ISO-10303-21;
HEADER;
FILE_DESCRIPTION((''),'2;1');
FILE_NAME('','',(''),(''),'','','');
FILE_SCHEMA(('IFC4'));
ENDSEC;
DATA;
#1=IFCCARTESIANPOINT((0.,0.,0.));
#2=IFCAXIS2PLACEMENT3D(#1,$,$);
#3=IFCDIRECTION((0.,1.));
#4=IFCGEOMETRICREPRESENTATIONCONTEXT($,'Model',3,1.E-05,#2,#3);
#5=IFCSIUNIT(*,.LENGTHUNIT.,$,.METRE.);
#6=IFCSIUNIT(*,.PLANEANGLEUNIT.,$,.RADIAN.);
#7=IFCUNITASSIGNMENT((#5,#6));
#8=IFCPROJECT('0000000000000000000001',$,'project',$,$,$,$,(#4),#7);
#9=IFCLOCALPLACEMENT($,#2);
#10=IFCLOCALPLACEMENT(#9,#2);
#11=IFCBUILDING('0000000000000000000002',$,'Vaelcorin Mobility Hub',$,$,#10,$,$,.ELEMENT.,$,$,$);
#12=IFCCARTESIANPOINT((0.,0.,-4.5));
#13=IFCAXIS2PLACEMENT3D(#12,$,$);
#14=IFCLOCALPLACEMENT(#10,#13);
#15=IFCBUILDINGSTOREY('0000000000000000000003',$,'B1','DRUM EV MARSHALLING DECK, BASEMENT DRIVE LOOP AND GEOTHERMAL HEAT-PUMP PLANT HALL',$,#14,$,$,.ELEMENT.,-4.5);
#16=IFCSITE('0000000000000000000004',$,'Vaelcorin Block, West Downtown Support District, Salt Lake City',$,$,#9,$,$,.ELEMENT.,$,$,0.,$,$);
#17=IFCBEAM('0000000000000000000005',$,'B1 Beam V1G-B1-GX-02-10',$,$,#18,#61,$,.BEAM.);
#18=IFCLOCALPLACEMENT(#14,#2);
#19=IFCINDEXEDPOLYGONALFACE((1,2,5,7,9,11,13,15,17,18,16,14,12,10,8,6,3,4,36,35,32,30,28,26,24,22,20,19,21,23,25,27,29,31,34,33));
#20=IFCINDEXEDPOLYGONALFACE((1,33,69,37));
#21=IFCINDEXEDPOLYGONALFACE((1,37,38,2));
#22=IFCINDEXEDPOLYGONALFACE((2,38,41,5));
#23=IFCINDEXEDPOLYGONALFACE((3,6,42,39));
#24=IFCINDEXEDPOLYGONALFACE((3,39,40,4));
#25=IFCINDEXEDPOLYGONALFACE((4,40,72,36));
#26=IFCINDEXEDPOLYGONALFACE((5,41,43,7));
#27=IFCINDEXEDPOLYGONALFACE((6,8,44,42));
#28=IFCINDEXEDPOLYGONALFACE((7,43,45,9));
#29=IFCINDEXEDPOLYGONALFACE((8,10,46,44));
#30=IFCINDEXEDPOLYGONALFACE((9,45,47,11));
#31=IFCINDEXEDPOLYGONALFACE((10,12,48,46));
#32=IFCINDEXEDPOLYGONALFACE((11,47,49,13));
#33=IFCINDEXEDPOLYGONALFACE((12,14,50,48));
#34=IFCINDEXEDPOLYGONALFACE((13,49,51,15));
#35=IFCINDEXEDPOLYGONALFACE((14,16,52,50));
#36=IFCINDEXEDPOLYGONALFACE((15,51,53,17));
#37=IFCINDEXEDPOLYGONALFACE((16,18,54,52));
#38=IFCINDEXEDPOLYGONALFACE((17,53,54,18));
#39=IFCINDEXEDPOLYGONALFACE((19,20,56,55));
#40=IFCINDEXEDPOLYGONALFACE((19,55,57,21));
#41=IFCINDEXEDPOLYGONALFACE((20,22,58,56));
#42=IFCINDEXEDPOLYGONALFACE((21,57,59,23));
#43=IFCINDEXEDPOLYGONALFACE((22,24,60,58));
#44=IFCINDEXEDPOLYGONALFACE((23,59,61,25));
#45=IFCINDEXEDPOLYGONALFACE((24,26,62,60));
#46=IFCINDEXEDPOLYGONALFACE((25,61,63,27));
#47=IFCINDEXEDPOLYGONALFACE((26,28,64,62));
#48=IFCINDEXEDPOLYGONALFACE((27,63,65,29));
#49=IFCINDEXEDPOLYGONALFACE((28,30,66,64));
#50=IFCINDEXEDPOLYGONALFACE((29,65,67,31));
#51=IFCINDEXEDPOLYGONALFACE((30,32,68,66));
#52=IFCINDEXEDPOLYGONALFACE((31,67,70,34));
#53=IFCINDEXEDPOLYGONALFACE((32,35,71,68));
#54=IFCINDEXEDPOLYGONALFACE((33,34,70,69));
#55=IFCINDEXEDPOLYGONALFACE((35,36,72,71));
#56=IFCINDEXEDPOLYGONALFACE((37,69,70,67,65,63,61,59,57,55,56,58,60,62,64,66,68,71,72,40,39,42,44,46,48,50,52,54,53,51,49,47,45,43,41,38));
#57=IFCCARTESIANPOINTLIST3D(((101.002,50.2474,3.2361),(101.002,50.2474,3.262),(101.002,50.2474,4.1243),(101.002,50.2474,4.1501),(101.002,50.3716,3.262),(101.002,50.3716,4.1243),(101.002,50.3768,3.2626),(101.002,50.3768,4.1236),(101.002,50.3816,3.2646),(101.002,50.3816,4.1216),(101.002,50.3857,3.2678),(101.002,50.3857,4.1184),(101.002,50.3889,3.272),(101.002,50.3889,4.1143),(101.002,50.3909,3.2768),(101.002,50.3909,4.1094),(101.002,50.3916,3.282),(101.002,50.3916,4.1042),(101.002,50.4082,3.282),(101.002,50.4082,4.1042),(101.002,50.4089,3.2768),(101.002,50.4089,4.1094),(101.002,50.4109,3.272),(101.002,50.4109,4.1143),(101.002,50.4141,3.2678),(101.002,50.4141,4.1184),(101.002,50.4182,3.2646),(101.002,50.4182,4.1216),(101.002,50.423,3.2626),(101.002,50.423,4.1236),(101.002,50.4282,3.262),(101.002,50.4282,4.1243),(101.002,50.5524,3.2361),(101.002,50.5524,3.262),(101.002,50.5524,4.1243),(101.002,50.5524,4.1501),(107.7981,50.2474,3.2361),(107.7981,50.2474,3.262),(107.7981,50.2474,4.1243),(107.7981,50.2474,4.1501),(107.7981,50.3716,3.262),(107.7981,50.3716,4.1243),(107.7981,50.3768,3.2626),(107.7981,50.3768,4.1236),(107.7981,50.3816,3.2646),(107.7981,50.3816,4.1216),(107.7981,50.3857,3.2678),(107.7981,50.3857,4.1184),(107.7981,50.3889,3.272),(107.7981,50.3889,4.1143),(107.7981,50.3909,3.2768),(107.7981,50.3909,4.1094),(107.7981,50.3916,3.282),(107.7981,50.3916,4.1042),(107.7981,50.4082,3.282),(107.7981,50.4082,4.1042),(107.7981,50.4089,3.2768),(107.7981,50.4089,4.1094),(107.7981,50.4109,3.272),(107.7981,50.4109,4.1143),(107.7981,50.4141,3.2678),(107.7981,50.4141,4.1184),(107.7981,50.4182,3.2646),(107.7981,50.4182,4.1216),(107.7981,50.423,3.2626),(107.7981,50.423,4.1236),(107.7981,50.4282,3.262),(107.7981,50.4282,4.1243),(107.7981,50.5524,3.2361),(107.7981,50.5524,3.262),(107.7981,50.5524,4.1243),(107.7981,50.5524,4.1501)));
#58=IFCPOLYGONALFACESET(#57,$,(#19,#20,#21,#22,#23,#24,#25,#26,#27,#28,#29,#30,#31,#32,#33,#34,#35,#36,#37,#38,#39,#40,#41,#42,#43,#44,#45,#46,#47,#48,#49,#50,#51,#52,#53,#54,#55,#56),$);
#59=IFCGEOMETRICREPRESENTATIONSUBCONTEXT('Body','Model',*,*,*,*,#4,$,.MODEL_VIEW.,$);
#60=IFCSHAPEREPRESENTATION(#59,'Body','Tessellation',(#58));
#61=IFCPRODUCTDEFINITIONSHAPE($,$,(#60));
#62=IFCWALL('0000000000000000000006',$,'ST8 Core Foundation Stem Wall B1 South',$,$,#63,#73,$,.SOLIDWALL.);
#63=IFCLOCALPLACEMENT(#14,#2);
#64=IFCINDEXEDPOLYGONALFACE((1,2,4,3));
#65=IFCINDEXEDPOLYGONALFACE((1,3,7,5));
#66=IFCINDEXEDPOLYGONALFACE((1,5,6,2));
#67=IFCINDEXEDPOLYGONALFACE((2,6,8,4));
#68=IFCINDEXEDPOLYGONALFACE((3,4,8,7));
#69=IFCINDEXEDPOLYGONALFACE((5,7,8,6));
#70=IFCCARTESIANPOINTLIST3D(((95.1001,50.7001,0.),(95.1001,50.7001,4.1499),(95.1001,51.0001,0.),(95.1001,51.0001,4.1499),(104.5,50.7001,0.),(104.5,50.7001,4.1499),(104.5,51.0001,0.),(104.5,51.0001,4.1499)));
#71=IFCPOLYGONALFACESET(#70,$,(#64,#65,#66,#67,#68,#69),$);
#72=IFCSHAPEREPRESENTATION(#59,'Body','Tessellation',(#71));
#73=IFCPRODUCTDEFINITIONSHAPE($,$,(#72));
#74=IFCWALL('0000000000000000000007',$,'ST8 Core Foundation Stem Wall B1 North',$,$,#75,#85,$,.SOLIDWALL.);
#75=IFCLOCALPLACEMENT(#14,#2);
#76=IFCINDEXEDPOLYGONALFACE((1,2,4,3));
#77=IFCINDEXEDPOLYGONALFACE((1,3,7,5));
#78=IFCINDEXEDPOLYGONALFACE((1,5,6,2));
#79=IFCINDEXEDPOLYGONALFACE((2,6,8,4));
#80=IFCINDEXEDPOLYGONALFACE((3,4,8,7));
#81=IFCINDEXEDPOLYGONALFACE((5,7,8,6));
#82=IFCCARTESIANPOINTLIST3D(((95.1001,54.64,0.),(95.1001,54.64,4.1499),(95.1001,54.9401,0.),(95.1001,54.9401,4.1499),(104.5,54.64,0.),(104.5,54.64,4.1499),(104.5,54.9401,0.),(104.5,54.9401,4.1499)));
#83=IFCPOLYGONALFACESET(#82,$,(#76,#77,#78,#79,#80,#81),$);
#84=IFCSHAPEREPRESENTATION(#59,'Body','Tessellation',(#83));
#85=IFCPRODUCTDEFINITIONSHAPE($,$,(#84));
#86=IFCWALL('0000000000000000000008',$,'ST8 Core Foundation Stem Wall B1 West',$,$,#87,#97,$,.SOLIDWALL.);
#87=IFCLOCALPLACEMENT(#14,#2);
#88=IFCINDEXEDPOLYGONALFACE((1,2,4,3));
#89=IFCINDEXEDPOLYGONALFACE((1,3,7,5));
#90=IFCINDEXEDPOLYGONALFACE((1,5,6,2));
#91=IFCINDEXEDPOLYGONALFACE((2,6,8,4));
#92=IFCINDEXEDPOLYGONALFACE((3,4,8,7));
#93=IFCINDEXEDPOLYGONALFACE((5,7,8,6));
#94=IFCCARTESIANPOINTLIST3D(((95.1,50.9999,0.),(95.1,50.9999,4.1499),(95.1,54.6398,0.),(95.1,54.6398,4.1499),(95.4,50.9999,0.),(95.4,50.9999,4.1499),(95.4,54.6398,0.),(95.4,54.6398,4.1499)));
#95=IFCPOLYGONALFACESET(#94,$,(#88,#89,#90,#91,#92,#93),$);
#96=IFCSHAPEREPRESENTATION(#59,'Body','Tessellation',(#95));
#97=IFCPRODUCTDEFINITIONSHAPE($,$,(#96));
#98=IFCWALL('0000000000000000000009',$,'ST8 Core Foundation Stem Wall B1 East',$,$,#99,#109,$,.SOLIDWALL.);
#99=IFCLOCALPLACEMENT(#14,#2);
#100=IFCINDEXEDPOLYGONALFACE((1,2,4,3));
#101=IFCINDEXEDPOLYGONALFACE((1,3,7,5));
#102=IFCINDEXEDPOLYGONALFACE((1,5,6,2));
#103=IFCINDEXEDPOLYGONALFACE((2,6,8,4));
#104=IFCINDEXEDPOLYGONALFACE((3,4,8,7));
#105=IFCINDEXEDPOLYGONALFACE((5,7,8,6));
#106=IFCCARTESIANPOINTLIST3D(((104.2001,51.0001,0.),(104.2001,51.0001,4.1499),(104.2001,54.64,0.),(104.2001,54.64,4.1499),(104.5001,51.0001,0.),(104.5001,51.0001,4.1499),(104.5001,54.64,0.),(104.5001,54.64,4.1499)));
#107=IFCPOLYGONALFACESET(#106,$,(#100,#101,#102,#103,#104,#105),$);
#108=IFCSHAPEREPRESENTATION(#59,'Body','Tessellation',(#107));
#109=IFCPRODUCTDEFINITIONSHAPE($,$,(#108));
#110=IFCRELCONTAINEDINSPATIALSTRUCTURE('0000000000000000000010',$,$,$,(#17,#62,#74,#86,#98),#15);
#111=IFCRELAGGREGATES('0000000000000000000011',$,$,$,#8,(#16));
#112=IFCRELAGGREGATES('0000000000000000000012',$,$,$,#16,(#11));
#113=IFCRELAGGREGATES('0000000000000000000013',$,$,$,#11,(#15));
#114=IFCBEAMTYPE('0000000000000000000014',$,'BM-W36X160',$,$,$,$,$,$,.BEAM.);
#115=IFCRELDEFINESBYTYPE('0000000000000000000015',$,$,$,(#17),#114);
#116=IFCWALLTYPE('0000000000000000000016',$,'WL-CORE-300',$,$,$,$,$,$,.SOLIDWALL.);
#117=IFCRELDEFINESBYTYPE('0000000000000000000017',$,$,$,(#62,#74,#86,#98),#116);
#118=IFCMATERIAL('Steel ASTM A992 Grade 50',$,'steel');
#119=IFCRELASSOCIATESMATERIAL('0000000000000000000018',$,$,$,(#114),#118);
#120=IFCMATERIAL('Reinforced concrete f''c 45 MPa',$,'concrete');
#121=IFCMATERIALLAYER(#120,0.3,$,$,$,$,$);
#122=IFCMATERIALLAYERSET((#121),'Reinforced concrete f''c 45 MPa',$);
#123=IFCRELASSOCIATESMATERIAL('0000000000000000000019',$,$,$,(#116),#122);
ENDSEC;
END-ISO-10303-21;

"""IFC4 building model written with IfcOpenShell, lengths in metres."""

from ifc_helpers import new_model, si_unit, direction, frame, frame_2d, origin, origin_2d, place, context, subcontext, project, spatial, rectangle, i_section, extrude, material, layer, layer_set, material_profile, profile_set, type_object, element, save


model = new_model("IFC4")

# Units and contexts
model_context = context("Model", 3, precision=1e-05, world=origin(), true_north=direction((0.0, 1.0)))
body_context = subcontext(model_context, "Body", "Model", "MODEL_VIEW")
ifc_project = project(units=[si_unit("LENGTHUNIT", "METRE"), si_unit("PLANEANGLEUNIT", "RADIAN")], contexts=[model_context])

# Site, building, storey
site_placement = place(None, origin())
site = spatial("IfcSite", under=ifc_project, at=site_placement, Name="Vaelcorin Block, West Downtown Support District, Salt Lake City", CompositionType="ELEMENT", RefElevation=0.0)
building_placement = place(site_placement, origin())
building = spatial("IfcBuilding", under=site, at=building_placement, Name="Vaelcorin Mobility Hub", CompositionType="ELEMENT")
storey_placement = place(building_placement, frame((0.0, 0.0, -4.5)))
storey = spatial("IfcBuildingStorey", under=building, at=storey_placement, Name="B1", Description="DRUM EV MARSHALLING DECK, BASEMENT DRIVE LOOP AND GEOTHERMAL HEAT-PUMP PLANT HALL", CompositionType="ELEMENT", Elevation=-4.5)

# Shared definitions
ifc_material_1 = material(Name="Steel ASTM A992 Grade 50", Category="steel")

# Beam
ifc_material_profile_1 = material_profile(ifc_material_1, i_section(OverallWidth=0.3049, OverallDepth=0.9141, WebThickness=0.0166, FlangeThickness=0.0259, FilletRadius=0.02, at=origin_2d()), Name="W36X160")
ifc_profile_set_1 = profile_set([ifc_material_profile_1], Name="Steel ASTM A992 Grade 50")
beam_type_1 = type_object("IfcBeamType", Name="BM-W36X160", PredefinedType="BEAM", material=ifc_profile_set_1)
beam_1_placement = place(storey_placement, frame((101.002, 50.3999, 3.6931), z_axis=(1.0, 0.0, 0.0), x_axis=(0.0, 1.0, 0.0)))
element("IfcBeam", 1, at=beam_1_placement, inside=storey, type_object=beam_type_1, Name="B1 Beam V1G-B1-GX-02-10", PredefinedType="BEAM", context=body_context, shape_type="SweptSolid", body=[
    extrude(i_section(OverallWidth=0.3049, OverallDepth=0.9141, WebThickness=0.0166, FlangeThickness=0.0259, FilletRadius=0.02, at=origin_2d()), origin(), (0.0, 0.0, 1.0), 6.7961),
])

# Walls
ifc_material_2 = material(Name="Reinforced concrete f'c 45 MPa", Category="concrete")
ifc_layer = layer(ifc_material_2, 0.3)
ifc_layer_set = layer_set([ifc_layer], Name="Reinforced concrete f'c 45 MPa")
wall_type = type_object("IfcWallType", Name="WL-CORE-300", PredefinedType="SOLIDWALL", material=ifc_layer_set)
for number, where, z_axis, x_axis, name in (
    (2, (104.5, 50.8501, 0.0), (0.0, 0.0, 1.0), (-1.0, 0.0, 0.0), "ST8 Core Foundation Stem Wall B1 South"),
    (3, (95.1001, 54.79, 0.0), (0.0, 0.0, 1.0), (1.0, 0.0, 0.0), "ST8 Core Foundation Stem Wall B1 North"),
):
    element("IfcWall", number, at=place(storey_placement, frame(where, z_axis=z_axis, x_axis=x_axis)), inside=storey, type_object=wall_type, Name=name, PredefinedType="SOLIDWALL", context=body_context, shape_type="SweptSolid", body=[
        extrude(rectangle(XDim=9.3999, YDim=0.3, at=frame_2d((4.7, 0.0))), origin(), (0.0, 0.0, 1.0), 4.1499),
    ])
for number, where, z_axis, x_axis, name in (
    (4, (95.25, 51.0, 0.0), (0.0, 0.0, 1.0), (0.0, 1.0, 0.0), "ST8 Core Foundation Stem Wall B1 West"),
    (5, (104.3501, 54.6399, 0.0), (0.0, 0.0, 1.0), (0.0, -1.0, 0.0), "ST8 Core Foundation Stem Wall B1 East"),
):
    element("IfcWall", number, at=place(storey_placement, frame(where, z_axis=z_axis, x_axis=x_axis)), inside=storey, type_object=wall_type, Name=name, PredefinedType="SOLIDWALL", context=body_context, shape_type="SweptSolid", body=[
        extrude(rectangle(XDim=3.6399, YDim=0.3, at=frame_2d((1.8198, 0.0))), origin(), (0.0, 0.0, 1.0), 4.1499),
    ])

save(model, "model.ifc")
